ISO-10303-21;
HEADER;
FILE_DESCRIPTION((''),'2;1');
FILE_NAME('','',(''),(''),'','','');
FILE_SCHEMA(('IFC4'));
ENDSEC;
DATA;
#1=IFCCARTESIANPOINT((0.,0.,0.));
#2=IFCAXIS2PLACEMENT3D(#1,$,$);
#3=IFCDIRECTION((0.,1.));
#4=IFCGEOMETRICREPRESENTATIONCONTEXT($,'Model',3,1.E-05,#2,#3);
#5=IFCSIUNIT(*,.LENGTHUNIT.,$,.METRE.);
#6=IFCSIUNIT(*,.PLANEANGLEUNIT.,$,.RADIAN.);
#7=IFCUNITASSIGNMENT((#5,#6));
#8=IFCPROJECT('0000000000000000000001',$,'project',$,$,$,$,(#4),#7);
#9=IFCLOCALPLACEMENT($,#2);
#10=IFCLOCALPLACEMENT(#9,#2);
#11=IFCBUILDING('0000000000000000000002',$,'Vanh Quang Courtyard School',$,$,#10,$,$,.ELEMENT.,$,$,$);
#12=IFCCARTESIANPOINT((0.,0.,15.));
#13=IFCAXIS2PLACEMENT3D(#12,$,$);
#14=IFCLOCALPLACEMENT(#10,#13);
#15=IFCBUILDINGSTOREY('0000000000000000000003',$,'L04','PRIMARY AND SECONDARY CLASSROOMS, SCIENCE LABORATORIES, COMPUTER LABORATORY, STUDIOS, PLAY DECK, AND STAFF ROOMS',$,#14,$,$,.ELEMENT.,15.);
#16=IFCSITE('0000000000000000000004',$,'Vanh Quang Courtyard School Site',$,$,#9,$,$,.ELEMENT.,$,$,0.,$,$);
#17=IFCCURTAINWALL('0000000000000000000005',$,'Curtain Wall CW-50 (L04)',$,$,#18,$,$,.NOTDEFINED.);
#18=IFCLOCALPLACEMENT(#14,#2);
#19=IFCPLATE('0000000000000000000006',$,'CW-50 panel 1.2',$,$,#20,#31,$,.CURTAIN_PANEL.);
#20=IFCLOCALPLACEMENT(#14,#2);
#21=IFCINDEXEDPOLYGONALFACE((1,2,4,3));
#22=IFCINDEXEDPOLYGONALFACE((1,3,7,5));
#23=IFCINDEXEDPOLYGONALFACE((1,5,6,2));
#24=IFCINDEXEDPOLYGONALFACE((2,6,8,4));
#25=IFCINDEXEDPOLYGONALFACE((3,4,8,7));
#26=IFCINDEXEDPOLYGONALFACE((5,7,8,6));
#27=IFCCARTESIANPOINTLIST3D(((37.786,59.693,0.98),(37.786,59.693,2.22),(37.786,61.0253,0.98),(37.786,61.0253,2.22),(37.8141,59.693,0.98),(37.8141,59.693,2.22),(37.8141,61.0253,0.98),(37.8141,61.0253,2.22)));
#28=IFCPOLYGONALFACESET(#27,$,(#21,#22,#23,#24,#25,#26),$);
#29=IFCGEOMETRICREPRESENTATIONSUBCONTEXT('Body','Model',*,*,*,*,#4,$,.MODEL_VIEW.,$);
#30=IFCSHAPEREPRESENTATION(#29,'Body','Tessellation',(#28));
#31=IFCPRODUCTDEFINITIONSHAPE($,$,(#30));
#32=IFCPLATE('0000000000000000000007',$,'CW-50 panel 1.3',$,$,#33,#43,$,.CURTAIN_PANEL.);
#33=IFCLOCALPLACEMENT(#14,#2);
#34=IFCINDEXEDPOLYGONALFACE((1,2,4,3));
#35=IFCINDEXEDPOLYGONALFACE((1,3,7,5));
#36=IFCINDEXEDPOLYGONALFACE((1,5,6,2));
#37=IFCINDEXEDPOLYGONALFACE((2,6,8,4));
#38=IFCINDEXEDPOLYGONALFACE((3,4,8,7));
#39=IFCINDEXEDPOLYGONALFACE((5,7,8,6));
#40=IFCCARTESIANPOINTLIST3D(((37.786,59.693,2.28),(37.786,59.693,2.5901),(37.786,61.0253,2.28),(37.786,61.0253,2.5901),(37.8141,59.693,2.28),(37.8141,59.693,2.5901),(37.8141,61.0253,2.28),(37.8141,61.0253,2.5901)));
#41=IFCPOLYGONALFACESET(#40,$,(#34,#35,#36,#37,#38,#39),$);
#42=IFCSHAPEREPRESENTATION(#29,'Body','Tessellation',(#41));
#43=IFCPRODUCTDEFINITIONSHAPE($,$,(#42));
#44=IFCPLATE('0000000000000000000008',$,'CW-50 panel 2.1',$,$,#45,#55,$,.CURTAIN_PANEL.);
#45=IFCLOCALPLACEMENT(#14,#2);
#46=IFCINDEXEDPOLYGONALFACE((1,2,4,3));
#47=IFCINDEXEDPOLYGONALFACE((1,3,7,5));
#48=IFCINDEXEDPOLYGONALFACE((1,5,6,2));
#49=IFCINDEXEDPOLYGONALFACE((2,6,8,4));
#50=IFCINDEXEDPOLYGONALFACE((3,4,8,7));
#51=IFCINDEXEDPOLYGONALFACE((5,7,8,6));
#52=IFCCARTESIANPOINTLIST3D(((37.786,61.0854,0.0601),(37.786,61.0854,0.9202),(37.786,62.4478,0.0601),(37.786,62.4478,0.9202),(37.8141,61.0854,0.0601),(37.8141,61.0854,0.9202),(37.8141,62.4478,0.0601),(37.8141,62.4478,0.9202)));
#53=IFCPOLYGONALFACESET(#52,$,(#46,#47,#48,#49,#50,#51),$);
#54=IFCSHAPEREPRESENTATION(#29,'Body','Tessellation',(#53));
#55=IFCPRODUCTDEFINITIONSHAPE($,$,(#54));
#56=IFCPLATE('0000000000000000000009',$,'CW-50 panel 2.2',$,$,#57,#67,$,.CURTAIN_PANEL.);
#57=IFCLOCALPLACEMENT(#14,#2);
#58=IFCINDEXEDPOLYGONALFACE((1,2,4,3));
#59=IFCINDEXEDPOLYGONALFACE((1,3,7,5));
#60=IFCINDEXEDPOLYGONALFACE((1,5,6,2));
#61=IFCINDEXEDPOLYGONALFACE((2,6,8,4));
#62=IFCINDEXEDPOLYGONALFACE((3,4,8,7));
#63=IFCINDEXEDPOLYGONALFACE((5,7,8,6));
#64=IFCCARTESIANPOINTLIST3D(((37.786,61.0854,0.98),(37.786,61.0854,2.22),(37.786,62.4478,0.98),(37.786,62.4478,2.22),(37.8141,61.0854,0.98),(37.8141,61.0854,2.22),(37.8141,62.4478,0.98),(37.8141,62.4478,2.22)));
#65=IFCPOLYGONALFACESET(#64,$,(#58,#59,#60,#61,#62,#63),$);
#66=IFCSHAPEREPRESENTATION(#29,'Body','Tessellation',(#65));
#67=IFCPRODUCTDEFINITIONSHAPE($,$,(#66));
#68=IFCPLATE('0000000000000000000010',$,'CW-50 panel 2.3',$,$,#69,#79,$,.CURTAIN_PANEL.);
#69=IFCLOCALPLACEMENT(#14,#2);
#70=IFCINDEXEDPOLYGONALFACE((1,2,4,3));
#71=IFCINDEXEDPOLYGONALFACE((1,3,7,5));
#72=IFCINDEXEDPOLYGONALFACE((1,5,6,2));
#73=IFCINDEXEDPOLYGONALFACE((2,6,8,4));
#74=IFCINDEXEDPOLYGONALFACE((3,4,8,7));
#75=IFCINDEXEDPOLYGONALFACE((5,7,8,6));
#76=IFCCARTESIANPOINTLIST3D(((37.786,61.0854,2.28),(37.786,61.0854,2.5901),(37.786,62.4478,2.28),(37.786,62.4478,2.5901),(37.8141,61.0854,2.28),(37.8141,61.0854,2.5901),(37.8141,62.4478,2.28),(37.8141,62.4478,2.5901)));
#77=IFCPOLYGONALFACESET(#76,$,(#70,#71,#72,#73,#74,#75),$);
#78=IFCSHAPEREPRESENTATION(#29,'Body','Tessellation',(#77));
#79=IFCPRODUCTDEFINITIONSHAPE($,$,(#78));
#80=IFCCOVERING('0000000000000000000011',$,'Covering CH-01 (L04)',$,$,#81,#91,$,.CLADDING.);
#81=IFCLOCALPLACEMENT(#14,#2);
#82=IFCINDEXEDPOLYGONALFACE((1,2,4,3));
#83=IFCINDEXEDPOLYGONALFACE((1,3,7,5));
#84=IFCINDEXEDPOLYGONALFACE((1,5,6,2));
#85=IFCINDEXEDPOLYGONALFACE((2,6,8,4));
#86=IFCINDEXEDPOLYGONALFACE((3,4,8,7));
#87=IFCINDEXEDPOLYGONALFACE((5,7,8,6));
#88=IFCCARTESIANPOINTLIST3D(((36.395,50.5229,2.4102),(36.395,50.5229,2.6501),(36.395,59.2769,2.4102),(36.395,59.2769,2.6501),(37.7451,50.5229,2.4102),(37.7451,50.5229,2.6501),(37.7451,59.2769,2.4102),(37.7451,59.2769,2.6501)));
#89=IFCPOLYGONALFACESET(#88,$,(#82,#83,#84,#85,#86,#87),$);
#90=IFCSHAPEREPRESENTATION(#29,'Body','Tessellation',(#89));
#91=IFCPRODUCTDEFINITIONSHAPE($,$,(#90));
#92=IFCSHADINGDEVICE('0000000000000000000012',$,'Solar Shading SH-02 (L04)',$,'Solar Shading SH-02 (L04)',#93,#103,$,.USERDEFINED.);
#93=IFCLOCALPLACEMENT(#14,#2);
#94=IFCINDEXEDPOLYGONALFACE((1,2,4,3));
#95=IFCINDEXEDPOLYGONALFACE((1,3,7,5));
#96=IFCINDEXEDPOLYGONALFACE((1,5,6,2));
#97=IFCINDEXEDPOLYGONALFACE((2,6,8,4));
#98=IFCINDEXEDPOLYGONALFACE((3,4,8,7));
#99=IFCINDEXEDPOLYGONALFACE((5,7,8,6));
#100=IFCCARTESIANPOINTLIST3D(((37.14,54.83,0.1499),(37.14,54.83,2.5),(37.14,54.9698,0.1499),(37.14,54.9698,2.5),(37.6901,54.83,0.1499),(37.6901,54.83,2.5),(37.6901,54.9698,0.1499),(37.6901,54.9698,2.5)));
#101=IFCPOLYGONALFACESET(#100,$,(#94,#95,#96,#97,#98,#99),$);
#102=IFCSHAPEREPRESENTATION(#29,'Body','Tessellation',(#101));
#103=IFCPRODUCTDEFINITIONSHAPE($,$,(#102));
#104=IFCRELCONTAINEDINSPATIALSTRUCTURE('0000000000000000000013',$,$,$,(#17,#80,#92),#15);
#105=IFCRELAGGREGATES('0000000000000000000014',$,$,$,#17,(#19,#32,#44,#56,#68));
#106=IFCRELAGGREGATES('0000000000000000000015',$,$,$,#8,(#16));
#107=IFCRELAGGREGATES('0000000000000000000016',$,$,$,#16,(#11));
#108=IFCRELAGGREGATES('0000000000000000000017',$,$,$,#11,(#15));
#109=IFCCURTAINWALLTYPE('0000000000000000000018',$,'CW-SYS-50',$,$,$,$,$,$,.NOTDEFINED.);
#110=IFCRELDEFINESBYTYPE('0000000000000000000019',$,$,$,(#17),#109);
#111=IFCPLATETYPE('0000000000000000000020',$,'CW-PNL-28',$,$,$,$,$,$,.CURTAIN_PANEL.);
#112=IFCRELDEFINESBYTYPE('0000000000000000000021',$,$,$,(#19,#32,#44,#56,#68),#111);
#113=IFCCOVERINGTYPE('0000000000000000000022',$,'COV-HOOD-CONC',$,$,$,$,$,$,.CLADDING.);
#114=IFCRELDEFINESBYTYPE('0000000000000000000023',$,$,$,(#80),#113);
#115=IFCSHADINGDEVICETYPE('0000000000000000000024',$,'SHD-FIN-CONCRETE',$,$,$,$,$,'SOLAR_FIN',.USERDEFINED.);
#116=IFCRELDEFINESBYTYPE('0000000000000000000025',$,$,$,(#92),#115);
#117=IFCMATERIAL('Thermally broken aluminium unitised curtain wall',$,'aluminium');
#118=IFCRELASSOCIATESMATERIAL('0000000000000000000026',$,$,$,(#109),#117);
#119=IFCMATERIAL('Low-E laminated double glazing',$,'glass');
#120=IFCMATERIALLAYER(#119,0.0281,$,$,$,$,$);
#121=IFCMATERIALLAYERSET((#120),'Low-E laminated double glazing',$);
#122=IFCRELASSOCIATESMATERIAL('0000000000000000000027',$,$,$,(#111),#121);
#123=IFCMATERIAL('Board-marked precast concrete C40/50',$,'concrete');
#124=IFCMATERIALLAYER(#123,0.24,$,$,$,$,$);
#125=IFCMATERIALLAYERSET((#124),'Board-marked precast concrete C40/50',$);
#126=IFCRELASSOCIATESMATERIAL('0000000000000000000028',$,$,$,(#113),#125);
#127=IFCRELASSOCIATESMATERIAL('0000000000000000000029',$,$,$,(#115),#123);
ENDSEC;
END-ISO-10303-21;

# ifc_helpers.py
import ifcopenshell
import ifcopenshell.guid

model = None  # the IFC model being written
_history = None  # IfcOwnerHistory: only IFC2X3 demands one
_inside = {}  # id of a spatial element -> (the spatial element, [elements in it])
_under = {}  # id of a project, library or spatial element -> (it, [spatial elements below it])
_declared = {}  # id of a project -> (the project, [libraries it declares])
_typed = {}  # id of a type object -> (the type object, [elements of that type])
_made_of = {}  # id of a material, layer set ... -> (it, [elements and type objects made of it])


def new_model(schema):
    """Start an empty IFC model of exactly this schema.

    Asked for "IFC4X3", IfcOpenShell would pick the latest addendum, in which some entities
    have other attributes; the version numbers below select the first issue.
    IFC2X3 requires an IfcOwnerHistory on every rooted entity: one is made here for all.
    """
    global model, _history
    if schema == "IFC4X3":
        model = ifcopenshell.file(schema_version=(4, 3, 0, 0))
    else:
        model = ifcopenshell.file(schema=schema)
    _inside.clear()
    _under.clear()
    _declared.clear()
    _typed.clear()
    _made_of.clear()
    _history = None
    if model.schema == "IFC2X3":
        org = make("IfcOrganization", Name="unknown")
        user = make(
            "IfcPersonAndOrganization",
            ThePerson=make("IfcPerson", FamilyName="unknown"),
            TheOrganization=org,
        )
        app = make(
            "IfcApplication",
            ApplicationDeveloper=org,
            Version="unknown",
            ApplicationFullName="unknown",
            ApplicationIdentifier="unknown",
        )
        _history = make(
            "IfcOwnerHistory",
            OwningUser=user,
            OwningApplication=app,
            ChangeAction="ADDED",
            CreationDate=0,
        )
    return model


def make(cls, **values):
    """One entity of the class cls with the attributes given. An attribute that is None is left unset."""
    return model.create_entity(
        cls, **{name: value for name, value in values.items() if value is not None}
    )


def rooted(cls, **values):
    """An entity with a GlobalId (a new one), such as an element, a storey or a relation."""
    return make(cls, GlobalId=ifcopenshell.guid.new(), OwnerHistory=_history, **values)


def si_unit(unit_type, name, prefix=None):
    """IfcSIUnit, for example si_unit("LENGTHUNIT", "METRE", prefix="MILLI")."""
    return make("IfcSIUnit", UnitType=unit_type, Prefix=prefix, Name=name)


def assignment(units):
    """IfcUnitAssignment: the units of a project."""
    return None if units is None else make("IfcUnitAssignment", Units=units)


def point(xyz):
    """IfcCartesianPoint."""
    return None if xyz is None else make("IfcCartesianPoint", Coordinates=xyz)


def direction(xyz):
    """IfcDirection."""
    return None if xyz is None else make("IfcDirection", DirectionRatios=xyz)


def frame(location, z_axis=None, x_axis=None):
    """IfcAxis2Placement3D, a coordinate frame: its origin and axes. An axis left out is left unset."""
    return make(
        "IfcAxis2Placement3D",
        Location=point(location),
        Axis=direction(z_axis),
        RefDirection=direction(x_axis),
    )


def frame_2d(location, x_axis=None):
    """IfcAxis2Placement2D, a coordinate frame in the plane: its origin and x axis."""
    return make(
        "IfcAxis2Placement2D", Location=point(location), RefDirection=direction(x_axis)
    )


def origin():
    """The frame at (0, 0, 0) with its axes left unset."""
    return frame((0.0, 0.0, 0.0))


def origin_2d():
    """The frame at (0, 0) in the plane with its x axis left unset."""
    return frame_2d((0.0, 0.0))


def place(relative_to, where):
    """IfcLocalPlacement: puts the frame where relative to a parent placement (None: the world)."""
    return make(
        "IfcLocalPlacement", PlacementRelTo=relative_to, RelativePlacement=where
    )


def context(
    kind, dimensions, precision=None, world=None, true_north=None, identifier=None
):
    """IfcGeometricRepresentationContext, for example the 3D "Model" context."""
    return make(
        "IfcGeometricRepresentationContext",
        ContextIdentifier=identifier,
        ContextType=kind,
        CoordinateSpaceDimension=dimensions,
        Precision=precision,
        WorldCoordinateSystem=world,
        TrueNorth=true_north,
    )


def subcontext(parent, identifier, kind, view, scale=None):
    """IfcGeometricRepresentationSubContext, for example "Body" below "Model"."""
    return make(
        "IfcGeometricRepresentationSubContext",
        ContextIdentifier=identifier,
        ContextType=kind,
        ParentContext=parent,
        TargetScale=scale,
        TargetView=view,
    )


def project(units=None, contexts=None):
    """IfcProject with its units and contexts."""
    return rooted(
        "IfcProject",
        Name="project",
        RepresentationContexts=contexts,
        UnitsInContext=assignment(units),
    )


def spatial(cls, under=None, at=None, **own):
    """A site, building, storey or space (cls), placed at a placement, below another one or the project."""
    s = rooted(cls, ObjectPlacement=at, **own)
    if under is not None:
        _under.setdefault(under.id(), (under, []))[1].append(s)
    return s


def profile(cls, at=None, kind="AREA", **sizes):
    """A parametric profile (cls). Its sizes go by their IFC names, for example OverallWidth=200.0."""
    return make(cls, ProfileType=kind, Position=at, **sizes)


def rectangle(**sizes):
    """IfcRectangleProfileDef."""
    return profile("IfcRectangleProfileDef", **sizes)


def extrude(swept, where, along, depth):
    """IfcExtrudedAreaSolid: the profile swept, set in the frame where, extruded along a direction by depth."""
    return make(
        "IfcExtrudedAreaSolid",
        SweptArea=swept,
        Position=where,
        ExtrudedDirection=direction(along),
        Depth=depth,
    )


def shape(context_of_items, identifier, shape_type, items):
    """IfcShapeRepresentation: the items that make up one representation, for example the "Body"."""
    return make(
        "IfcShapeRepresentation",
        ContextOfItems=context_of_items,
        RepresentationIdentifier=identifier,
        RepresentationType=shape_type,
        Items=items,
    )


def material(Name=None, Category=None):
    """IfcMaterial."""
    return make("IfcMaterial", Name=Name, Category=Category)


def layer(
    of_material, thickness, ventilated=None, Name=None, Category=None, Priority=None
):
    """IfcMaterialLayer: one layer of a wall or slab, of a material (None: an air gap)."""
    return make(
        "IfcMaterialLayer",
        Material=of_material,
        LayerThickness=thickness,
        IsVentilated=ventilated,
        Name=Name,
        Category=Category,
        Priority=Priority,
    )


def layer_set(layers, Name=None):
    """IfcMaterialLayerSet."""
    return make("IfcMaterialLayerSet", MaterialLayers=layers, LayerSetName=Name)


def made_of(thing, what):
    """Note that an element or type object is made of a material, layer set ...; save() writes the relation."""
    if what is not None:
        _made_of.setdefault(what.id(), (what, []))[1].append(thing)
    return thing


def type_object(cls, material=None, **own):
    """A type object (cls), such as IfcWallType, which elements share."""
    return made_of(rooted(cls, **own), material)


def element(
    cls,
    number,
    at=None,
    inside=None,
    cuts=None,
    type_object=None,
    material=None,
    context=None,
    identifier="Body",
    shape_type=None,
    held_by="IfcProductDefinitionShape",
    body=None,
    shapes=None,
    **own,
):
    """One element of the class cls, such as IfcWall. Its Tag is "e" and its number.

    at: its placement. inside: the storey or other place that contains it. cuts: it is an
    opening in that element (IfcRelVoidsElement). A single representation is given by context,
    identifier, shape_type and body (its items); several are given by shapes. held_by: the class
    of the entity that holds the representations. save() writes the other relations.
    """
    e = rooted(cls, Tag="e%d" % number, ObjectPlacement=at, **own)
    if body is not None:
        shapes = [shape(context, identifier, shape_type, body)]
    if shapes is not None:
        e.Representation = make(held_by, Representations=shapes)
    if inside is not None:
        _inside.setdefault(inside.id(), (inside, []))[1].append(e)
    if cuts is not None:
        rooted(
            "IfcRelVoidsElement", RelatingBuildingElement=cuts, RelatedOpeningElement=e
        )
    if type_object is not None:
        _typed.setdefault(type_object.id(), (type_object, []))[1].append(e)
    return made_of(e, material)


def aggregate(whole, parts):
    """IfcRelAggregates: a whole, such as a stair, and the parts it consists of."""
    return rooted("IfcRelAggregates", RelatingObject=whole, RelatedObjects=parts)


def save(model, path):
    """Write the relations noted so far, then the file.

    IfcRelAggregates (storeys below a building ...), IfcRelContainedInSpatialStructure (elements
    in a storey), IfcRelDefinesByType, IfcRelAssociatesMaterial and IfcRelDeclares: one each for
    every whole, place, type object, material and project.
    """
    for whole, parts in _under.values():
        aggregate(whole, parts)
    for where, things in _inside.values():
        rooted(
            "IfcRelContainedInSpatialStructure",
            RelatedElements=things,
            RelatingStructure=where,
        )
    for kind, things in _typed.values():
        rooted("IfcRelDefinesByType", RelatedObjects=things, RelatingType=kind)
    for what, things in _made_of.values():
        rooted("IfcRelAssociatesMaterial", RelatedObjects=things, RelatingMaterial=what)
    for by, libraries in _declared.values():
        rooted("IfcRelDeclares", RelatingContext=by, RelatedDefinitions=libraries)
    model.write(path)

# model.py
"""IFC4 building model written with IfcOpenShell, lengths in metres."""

from ifc_helpers import new_model, si_unit, direction, frame, origin, origin_2d, place, context, subcontext, project, spatial, rectangle, extrude, material, layer, layer_set, type_object, element, aggregate, save


model = new_model("IFC4")

# Units and contexts
model_context = context("Model", 3, precision=1e-05, world=origin(), true_north=direction((0.0, 1.0)))
body_context = subcontext(model_context, "Body", "Model", "MODEL_VIEW")
ifc_project = project(units=[si_unit("LENGTHUNIT", "METRE"), si_unit("PLANEANGLEUNIT", "RADIAN")], contexts=[model_context])

# Site, building, storey
site_placement = place(None, origin())
site = spatial("IfcSite", under=ifc_project, at=site_placement, Name="Vanh Quang Courtyard School Site", CompositionType="ELEMENT", RefElevation=0.0)
building_placement = place(site_placement, origin())
building = spatial("IfcBuilding", under=site, at=building_placement, Name="Vanh Quang Courtyard School", CompositionType="ELEMENT")
storey_placement = place(building_placement, frame((0.0, 0.0, 15.0)))
storey = spatial("IfcBuildingStorey", under=building, at=storey_placement, Name="L04", Description="PRIMARY AND SECONDARY CLASSROOMS, SCIENCE LABORATORIES, COMPUTER LABORATORY, STUDIOS, PLAY DECK, AND STAFF ROOMS", CompositionType="ELEMENT", Elevation=15.0)

# Curtain wall, plates
ifc_material_1 = material(Name="Thermally broken aluminium unitised curtain wall", Category="aluminium")
curtain_wall_type = type_object("IfcCurtainWallType", Name="CW-SYS-50", PredefinedType="NOTDEFINED", material=ifc_material_1)
curtain_wall_placement = place(storey_placement, origin())
curtain_wall = element("IfcCurtainWall", 1, at=curtain_wall_placement, inside=storey, type_object=curtain_wall_type, Name="Curtain Wall CW-50 (L04)", PredefinedType="NOTDEFINED")
ifc_material_2 = material(Name="Low-E laminated double glazing", Category="glass")
ifc_layer_1 = layer(ifc_material_2, 0.0281)
ifc_layer_set_1 = layer_set([ifc_layer_1], Name="Low-E laminated double glazing")
plate_type = type_object("IfcPlateType", Name="CW-PNL-28", PredefinedType="CURTAIN_PANEL", material=ifc_layer_set_1)
plate_1_placement = place(storey_placement, frame((37.8, 60.3591, 0.98), z_axis=(0.0, 0.0, 1.0), x_axis=(0.0, 1.0, 0.0)))
plate_1 = element("IfcPlate", 2, at=plate_1_placement, type_object=plate_type, Name="CW-50 panel 1.2", PredefinedType="CURTAIN_PANEL", context=body_context, shape_type="SweptSolid", body=[
    extrude(rectangle(XDim=1.3323, YDim=0.0281, at=origin_2d()), origin(), (0.0, 0.0, 1.0), 1.24),
])
plate_2_placement = place(storey_placement, frame((37.8, 60.3591, 2.28), z_axis=(0.0, 0.0, 1.0), x_axis=(0.0, 1.0, 0.0)))
plate_2 = element("IfcPlate", 3, at=plate_2_placement, type_object=plate_type, Name="CW-50 panel 1.3", PredefinedType="CURTAIN_PANEL", context=body_context, shape_type="SweptSolid", body=[
    extrude(rectangle(XDim=1.3323, YDim=0.0281, at=origin_2d()), origin(), (0.0, 0.0, 1.0), 0.3101),
])
plate_3_placement = place(storey_placement, frame((37.8, 61.7666, 0.0601), z_axis=(0.0, 0.0, 1.0), x_axis=(0.0, 1.0, 0.0)))
plate_3 = element("IfcPlate", 4, at=plate_3_placement, type_object=plate_type, Name="CW-50 panel 2.1", PredefinedType="CURTAIN_PANEL", context=body_context, shape_type="SweptSolid", body=[
    extrude(rectangle(XDim=1.3623, YDim=0.0281, at=origin_2d()), origin(), (0.0, 0.0, 1.0), 0.8601),
])
plate_4_placement = place(storey_placement, frame((37.8, 61.7666, 0.98), z_axis=(0.0, 0.0, 1.0), x_axis=(0.0, 1.0, 0.0)))
plate_4 = element("IfcPlate", 5, at=plate_4_placement, type_object=plate_type, Name="CW-50 panel 2.2", PredefinedType="CURTAIN_PANEL", context=body_context, shape_type="SweptSolid", body=[
    extrude(rectangle(XDim=1.3623, YDim=0.0281, at=origin_2d()), origin(), (0.0, 0.0, 1.0), 1.24),
])
plate_5_placement = place(storey_placement, frame((37.8, 61.7666, 2.28), z_axis=(0.0, 0.0, 1.0), x_axis=(0.0, 1.0, 0.0)))
plate_5 = element("IfcPlate", 6, at=plate_5_placement, type_object=plate_type, Name="CW-50 panel 2.3", PredefinedType="CURTAIN_PANEL", context=body_context, shape_type="SweptSolid", body=[
    extrude(rectangle(XDim=1.3623, YDim=0.0281, at=origin_2d()), origin(), (0.0, 0.0, 1.0), 0.3101),
])
aggregate(curtain_wall, [plate_1, plate_2, plate_3, plate_4, plate_5])

# Covering
ifc_material_3 = material(Name="Board-marked precast concrete C40/50", Category="concrete")
ifc_layer_2 = layer(ifc_material_3, 0.24)
ifc_layer_set_2 = layer_set([ifc_layer_2], Name="Board-marked precast concrete C40/50")
covering_type = type_object("IfcCoveringType", Name="COV-HOOD-CONC", PredefinedType="CLADDING", material=ifc_layer_set_2)
covering_placement = place(storey_placement, frame((37.0701, 54.8999, 2.4102), z_axis=(0.0, 0.0, 1.0), x_axis=(0.0, 1.0, 0.0)))
element("IfcCovering", 7, at=covering_placement, inside=storey, type_object=covering_type, Name="Covering CH-01 (L04)", PredefinedType="CLADDING", context=body_context, shape_type="SweptSolid", body=[
    extrude(rectangle(XDim=8.7539, YDim=1.3501, at=origin_2d()), origin(), (0.0, 0.0, 1.0), 0.24),
])

# Shading device
shading_device_type = type_object("IfcShadingDeviceType", Name="SHD-FIN-CONCRETE", ElementType="SOLAR_FIN", PredefinedType="USERDEFINED", material=ifc_material_3)
shading_device_placement = place(storey_placement, frame((37.415, 54.8999, 0.1499), z_axis=(0.0, 0.0, 1.0), x_axis=(0.0, 1.0, 0.0)))
element("IfcShadingDevice", 8, at=shading_device_placement, inside=storey, type_object=shading_device_type, Name="Solar Shading SH-02 (L04)", ObjectType="Solar Shading SH-02 (L04)", PredefinedType="USERDEFINED", context=body_context, shape_type="SweptSolid", body=[
    extrude(rectangle(XDim=0.1399, YDim=0.55, at=origin_2d()), origin(), (0.0, 0.0, 1.0), 2.3501),
])

save(model, "model.ifc")
